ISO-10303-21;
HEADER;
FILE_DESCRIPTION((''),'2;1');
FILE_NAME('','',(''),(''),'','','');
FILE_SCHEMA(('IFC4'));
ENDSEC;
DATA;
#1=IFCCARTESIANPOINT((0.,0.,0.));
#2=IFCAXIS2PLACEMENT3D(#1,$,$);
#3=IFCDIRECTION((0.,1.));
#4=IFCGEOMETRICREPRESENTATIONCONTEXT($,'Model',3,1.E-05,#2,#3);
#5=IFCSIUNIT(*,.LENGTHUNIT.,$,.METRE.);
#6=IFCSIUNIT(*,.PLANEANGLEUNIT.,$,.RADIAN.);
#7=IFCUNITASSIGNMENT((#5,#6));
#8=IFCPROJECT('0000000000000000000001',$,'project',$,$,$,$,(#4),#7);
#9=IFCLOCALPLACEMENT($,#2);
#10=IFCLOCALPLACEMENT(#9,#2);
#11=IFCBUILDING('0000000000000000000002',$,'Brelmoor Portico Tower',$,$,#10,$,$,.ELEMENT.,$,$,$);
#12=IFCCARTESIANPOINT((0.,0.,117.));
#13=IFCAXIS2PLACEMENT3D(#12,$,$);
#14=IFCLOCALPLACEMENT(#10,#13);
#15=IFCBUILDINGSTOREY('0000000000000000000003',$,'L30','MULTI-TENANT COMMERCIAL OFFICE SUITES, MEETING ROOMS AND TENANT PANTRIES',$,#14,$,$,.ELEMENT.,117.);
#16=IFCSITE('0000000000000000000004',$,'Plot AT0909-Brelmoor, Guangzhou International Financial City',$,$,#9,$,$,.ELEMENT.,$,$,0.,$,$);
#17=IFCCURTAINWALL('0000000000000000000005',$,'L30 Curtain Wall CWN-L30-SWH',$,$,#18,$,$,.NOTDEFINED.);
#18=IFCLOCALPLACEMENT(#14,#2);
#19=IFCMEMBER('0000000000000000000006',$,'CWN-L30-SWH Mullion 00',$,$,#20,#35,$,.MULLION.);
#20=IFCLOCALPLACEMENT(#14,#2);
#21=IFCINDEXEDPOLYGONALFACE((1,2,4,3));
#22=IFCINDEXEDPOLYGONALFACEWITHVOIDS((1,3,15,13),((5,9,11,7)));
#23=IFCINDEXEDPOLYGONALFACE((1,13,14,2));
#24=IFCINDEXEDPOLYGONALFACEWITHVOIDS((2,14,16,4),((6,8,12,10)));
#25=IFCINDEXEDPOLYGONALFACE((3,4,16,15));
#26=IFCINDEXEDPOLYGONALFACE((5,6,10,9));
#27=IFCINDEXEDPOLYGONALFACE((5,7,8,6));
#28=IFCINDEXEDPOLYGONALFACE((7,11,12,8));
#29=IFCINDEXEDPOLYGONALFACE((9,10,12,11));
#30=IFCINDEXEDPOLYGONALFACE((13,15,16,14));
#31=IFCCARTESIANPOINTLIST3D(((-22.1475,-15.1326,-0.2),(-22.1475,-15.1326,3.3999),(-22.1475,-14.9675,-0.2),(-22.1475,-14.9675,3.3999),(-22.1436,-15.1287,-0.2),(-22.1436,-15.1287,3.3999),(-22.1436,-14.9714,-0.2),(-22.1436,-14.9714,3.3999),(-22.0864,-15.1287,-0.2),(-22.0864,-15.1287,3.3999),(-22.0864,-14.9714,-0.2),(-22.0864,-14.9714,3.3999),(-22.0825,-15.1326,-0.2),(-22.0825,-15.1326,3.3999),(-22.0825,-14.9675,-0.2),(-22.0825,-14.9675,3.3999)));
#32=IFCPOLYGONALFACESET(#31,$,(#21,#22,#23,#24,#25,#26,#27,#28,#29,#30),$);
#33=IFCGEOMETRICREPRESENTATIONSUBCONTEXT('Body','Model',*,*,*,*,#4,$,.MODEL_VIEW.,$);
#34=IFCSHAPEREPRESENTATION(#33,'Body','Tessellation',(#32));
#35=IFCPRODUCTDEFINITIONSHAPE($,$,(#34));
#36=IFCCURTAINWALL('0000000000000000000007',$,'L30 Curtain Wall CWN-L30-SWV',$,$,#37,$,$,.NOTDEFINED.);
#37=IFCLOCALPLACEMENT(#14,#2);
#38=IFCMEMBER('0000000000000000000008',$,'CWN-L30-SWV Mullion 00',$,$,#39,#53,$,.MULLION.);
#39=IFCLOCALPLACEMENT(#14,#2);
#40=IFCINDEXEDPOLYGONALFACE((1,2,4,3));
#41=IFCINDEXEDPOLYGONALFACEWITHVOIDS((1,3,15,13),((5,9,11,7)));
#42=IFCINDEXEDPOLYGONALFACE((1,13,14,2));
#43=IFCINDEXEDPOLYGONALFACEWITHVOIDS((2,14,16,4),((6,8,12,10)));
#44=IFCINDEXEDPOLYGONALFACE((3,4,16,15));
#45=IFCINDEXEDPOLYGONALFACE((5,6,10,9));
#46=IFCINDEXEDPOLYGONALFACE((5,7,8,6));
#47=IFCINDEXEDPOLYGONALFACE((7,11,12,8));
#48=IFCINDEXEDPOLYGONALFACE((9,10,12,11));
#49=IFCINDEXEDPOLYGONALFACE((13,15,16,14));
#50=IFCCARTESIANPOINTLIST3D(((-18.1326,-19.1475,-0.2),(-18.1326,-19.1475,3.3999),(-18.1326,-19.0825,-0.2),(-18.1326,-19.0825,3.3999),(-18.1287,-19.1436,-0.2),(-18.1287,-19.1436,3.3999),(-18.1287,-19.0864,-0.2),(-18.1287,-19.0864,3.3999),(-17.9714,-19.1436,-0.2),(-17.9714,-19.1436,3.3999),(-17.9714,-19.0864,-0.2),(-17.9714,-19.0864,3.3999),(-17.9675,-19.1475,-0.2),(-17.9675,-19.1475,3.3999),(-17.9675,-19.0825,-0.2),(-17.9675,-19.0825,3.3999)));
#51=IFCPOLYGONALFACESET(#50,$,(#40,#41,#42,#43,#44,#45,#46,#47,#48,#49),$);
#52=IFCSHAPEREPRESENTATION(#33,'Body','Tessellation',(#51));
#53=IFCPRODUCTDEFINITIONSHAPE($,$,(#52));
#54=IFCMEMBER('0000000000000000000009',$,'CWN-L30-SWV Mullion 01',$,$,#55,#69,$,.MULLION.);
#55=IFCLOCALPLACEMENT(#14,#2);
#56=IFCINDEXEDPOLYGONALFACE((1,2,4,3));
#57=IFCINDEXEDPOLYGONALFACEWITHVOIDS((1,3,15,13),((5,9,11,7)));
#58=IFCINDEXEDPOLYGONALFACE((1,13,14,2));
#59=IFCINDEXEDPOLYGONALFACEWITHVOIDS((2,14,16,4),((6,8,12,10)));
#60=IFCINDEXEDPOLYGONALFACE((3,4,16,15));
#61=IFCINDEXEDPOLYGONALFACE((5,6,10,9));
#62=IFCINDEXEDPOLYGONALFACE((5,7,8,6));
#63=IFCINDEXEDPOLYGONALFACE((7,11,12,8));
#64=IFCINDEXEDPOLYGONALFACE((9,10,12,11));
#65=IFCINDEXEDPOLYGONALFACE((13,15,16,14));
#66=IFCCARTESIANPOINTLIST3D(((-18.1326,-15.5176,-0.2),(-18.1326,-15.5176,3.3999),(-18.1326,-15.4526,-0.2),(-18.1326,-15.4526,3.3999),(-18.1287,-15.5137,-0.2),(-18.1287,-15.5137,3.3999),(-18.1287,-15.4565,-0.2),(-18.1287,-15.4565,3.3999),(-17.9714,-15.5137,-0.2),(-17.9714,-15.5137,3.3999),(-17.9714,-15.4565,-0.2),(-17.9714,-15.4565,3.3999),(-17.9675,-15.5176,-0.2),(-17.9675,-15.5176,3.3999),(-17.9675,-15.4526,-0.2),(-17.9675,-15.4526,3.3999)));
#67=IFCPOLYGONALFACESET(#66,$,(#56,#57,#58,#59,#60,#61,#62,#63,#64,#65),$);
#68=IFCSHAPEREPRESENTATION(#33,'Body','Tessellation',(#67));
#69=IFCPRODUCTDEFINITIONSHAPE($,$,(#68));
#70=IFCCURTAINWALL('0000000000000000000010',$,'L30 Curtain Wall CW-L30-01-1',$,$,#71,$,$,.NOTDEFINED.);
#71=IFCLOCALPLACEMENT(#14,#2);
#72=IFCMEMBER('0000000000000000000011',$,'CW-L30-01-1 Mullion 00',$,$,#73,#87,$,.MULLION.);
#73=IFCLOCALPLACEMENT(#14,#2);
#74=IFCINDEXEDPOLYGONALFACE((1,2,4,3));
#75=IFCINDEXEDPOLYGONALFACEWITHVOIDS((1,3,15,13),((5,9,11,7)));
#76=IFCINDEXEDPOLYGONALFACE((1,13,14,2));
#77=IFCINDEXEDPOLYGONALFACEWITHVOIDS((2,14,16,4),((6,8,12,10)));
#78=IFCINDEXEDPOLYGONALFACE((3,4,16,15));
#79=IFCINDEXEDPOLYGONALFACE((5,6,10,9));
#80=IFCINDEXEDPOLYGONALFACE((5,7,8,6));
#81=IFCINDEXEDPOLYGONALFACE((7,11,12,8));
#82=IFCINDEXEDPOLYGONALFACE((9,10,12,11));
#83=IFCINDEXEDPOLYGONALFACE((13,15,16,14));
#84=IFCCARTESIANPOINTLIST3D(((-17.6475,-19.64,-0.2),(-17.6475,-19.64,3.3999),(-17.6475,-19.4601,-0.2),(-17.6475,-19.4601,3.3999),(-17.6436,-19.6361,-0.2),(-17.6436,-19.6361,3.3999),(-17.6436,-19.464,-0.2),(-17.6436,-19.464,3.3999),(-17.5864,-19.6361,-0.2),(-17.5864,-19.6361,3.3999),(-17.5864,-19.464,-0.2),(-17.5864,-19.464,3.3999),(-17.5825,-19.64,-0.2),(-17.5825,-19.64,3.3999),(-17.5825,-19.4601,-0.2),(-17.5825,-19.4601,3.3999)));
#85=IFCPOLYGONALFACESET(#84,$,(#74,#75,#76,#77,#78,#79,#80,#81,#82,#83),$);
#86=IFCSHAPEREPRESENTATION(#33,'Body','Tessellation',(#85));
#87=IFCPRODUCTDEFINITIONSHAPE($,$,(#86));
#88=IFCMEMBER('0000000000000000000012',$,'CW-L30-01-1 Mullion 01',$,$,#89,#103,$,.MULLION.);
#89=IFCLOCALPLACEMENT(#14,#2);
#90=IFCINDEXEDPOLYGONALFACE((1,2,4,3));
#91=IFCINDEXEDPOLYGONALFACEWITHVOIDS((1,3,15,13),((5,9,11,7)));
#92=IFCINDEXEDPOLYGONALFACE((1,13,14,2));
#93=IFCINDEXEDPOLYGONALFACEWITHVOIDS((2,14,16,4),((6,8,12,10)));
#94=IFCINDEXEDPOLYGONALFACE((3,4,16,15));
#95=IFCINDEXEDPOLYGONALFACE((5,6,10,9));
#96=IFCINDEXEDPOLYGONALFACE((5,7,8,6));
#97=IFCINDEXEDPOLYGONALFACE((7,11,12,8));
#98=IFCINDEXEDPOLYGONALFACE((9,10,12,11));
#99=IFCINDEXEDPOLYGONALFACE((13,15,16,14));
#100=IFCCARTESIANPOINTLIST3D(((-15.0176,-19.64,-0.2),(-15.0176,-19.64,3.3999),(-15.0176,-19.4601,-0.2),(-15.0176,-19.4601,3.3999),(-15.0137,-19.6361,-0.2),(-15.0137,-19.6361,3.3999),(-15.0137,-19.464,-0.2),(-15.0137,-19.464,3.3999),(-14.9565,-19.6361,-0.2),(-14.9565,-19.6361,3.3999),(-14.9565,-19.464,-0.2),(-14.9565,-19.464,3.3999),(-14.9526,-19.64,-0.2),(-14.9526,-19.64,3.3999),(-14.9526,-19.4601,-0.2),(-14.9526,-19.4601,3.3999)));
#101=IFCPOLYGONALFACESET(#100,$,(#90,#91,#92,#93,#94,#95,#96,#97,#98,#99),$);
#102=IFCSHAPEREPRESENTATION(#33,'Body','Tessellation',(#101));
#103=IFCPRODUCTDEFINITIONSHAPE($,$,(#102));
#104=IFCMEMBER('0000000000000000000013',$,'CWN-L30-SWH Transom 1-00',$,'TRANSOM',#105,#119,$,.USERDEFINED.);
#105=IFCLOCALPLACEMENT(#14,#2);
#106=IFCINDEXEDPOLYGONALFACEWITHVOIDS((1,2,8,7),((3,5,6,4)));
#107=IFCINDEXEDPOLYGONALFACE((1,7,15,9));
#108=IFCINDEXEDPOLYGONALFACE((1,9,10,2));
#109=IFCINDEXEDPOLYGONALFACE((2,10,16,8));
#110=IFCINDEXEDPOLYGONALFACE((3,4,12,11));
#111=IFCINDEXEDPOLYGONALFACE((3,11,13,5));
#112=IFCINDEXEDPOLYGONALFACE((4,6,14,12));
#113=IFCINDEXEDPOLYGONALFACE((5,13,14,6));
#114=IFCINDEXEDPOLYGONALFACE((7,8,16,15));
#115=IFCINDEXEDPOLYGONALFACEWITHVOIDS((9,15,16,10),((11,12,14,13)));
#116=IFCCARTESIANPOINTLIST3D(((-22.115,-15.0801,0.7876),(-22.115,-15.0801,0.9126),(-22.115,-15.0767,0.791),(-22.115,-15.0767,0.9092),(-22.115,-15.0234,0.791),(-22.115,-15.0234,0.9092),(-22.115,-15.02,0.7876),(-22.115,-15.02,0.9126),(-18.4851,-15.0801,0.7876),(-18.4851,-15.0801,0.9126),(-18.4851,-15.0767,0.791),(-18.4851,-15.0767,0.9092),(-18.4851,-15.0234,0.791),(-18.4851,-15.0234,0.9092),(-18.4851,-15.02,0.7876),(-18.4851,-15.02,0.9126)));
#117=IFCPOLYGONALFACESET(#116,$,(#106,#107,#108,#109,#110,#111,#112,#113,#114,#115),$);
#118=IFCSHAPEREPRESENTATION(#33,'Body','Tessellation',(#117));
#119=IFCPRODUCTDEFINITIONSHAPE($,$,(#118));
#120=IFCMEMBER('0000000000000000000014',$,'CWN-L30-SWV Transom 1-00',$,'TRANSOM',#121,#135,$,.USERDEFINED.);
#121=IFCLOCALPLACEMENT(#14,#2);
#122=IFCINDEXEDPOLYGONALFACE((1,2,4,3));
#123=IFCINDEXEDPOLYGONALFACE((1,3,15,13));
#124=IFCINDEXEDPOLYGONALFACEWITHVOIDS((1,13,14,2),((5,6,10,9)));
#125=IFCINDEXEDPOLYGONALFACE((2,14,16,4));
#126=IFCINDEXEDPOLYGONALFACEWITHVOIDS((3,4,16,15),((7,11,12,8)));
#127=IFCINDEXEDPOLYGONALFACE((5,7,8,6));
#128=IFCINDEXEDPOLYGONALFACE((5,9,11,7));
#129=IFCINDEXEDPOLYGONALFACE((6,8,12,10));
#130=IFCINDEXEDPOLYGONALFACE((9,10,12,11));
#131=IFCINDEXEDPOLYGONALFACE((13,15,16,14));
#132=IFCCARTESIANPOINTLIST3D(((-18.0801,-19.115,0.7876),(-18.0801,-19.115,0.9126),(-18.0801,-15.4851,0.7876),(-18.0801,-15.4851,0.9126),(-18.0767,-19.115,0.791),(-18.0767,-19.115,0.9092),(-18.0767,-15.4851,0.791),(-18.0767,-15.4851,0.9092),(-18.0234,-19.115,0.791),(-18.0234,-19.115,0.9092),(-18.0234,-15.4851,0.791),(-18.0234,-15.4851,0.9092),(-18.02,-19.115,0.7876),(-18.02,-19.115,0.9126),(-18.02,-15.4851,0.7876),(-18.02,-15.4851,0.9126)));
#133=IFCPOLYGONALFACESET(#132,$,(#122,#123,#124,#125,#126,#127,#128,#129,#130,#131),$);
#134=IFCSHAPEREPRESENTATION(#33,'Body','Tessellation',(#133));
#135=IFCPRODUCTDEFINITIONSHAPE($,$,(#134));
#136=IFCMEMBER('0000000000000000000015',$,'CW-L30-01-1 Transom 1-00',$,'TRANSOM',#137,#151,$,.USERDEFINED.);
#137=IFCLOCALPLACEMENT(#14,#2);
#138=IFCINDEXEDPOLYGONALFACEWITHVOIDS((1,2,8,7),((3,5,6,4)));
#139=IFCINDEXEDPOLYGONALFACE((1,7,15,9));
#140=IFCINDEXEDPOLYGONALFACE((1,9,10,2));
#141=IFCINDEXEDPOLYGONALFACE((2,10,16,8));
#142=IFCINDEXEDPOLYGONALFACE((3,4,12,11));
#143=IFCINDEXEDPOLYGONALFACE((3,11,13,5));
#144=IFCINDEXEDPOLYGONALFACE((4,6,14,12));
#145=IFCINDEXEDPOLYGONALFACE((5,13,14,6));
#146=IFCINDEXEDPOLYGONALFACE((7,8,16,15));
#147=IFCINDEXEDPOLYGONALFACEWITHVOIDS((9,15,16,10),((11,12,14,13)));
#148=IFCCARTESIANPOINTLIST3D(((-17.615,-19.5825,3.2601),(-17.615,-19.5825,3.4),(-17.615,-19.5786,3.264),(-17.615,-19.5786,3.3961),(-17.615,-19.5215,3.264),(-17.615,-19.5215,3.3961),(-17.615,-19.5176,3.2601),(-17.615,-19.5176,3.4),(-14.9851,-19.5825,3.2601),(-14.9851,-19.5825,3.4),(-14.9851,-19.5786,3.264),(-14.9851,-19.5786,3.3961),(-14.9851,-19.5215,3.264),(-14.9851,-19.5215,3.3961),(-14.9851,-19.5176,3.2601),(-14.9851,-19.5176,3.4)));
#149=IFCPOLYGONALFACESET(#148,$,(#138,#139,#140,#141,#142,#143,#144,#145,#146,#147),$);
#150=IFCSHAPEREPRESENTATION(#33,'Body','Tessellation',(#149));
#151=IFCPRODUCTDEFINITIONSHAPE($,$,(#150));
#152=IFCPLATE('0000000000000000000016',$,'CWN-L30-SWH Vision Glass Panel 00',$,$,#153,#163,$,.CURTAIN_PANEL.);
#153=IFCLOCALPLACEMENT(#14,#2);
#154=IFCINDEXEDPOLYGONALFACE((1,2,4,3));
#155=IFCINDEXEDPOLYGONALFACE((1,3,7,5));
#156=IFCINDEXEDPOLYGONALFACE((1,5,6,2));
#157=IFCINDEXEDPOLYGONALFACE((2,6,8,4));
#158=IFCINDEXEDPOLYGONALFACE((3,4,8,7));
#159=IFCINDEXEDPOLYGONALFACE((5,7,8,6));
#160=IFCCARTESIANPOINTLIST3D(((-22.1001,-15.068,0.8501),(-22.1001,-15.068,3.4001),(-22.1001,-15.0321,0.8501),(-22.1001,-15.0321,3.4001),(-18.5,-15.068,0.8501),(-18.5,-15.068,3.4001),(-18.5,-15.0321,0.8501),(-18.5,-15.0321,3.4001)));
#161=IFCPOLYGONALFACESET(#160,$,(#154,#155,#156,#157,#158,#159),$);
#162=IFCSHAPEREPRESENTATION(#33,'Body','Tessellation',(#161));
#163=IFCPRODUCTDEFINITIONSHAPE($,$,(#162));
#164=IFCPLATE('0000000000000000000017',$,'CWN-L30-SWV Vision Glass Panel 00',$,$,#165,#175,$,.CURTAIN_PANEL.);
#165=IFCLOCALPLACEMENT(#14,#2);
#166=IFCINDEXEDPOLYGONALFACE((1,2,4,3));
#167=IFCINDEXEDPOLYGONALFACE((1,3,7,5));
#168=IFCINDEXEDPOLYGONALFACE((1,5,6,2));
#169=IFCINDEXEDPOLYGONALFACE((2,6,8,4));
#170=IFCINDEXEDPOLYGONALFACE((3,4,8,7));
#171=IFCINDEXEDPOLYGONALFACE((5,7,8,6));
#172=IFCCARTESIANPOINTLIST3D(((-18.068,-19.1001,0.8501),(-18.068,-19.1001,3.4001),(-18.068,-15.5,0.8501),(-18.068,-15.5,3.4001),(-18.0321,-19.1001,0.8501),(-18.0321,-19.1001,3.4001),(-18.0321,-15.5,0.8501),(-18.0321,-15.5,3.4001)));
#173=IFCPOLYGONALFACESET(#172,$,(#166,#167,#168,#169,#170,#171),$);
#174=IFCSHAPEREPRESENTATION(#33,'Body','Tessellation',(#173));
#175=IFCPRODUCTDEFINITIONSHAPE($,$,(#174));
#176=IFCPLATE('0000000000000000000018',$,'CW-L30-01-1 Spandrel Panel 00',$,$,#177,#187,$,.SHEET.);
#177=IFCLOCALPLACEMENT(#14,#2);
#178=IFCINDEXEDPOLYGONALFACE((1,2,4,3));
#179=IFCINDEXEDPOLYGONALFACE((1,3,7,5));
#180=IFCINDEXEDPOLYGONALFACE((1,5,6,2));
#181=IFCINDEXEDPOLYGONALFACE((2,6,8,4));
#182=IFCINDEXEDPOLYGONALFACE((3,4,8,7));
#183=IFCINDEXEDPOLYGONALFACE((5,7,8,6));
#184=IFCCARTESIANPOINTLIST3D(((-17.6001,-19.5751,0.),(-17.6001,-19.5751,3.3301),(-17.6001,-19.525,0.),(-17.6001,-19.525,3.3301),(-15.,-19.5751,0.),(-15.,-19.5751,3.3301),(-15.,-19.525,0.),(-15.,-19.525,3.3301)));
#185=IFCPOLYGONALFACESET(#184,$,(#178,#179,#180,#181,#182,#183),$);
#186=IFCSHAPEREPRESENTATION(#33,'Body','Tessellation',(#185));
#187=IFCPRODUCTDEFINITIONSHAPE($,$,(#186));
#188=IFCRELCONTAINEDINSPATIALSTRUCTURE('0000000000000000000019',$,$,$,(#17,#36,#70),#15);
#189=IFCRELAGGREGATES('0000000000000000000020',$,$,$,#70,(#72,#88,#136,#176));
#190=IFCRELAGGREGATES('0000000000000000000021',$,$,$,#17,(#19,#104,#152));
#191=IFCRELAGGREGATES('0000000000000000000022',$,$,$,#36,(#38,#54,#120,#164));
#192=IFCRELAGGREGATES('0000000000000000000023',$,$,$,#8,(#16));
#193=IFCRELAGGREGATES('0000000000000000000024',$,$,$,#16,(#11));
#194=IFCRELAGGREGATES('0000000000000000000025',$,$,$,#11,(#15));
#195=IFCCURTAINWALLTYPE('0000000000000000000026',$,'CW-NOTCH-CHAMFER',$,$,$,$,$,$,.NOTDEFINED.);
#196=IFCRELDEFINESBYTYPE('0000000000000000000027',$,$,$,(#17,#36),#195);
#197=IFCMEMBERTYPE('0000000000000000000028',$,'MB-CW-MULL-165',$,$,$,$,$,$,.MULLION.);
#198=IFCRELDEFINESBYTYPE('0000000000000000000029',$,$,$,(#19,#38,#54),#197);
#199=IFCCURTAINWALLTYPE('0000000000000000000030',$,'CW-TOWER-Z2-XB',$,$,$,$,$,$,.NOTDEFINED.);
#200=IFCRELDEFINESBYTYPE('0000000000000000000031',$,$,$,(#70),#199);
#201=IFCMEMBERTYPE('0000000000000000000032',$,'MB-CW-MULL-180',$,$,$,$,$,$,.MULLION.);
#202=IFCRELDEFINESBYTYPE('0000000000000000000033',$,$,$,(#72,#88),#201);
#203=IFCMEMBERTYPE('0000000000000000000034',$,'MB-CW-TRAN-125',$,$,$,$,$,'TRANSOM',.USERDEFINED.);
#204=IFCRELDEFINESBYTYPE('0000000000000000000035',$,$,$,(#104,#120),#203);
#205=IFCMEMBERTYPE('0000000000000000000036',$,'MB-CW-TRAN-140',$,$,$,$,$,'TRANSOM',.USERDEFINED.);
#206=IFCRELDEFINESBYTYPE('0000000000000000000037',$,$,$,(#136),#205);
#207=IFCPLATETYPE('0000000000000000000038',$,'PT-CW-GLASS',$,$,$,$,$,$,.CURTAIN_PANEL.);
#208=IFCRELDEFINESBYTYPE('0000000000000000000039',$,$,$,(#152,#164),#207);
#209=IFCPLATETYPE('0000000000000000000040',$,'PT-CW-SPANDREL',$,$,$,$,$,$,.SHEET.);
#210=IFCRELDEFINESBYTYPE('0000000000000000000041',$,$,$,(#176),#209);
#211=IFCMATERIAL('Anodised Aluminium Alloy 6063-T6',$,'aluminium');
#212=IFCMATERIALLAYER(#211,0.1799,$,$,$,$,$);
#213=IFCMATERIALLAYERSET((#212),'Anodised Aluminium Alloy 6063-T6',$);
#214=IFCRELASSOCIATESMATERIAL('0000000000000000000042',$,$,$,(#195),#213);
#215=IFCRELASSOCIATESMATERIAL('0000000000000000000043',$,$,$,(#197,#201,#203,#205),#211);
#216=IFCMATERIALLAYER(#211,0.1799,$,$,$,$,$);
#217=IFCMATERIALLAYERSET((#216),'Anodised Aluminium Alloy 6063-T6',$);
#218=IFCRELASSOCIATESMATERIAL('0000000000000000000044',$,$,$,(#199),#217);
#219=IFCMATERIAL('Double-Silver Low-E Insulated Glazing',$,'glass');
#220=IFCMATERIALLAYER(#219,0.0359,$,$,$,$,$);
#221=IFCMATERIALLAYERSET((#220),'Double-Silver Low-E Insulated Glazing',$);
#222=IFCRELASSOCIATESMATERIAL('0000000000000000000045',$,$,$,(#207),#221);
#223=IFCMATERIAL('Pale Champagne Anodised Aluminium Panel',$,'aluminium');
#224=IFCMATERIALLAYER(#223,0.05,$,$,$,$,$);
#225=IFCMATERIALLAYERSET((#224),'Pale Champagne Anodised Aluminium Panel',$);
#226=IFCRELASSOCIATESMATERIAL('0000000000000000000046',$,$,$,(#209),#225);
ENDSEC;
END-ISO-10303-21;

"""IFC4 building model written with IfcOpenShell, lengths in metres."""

from ifc_helpers import new_model, si_unit, direction, frame, origin, origin_2d, place, context, subcontext, project, spatial, rectangle, hollow_rectangle, extrude, material, layer, layer_set, material_profile, profile_set, type_object, element, aggregate, save


model = new_model("IFC4")

# Units and contexts
model_context = context("Model", 3, precision=1e-05, world=origin(), true_north=direction((0.0, 1.0)))
body_context = subcontext(model_context, "Body", "Model", "MODEL_VIEW")
ifc_project = project(units=[si_unit("LENGTHUNIT", "METRE"), si_unit("PLANEANGLEUNIT", "RADIAN")], contexts=[model_context])

# Site, building, storey
site_placement = place(None, origin())
site = spatial("IfcSite", under=ifc_project, at=site_placement, Name="Plot AT0909-Brelmoor, Guangzhou International Financial City", CompositionType="ELEMENT", RefElevation=0.0)
building_placement = place(site_placement, origin())
building = spatial("IfcBuilding", under=site, at=building_placement, Name="Brelmoor Portico Tower", CompositionType="ELEMENT")
storey_placement = place(building_placement, frame((0.0, 0.0, 117.0)))
storey = spatial("IfcBuildingStorey", under=building, at=storey_placement, Name="L30", Description="MULTI-TENANT COMMERCIAL OFFICE SUITES, MEETING ROOMS AND TENANT PANTRIES", CompositionType="ELEMENT", Elevation=117.0)

# Curtain wall, member
ifc_material_1 = material(Name="Anodised Aluminium Alloy 6063-T6", Category="aluminium")
ifc_layer_1 = layer(ifc_material_1, 0.1799)
ifc_layer_set_1 = layer_set([ifc_layer_1], Name="Anodised Aluminium Alloy 6063-T6")
curtain_wall_type_1 = type_object("IfcCurtainWallType", Name="CW-NOTCH-CHAMFER", PredefinedType="NOTDEFINED", material=ifc_layer_set_1)
curtain_wall_1_placement = place(storey_placement, origin())
curtain_wall_1 = element("IfcCurtainWall", 1, at=curtain_wall_1_placement, inside=storey, type_object=curtain_wall_type_1, Name="L30 Curtain Wall CWN-L30-SWH", PredefinedType="NOTDEFINED")
ifc_material_profile_1 = material_profile(ifc_material_1, hollow_rectangle(XDim=0.0649, YDim=0.165, WallThickness=0.0039, at=origin_2d()), Name="ALU MULLION 65x165")
ifc_profile_set_1 = profile_set([ifc_material_profile_1], Name="Anodised Aluminium Alloy 6063-T6")
member_type_1 = type_object("IfcMemberType", Name="MB-CW-MULL-165", PredefinedType="MULLION", material=ifc_profile_set_1)
member_1_placement = place(storey_placement, frame((-22.115, -15.05, -0.2), z_axis=(0.0, 0.0, 1.0), x_axis=(1.0, 0.0, 0.0)))
member_1 = element("IfcMember", 2, at=member_1_placement, type_object=member_type_1, Name="CWN-L30-SWH Mullion 00", PredefinedType="MULLION", context=body_context, shape_type="SweptSolid", body=[
    extrude(hollow_rectangle(XDim=0.0649, YDim=0.165, WallThickness=0.0039, at=origin_2d()), origin(), (0.0, 0.0, 1.0), 3.5999),
])

# Curtain walls, members
curtain_wall_2_placement = place(storey_placement, origin())
curtain_wall_2 = element("IfcCurtainWall", 3, at=curtain_wall_2_placement, inside=storey, type_object=curtain_wall_type_1, Name="L30 Curtain Wall CWN-L30-SWV", PredefinedType="NOTDEFINED")
member_2_placement = place(storey_placement, frame((-18.05, -19.115, -0.2), z_axis=(0.0, 0.0, 1.0), x_axis=(0.0, 1.0, 0.0)))
member_2 = element("IfcMember", 4, at=member_2_placement, type_object=member_type_1, Name="CWN-L30-SWV Mullion 00", PredefinedType="MULLION", context=body_context, shape_type="SweptSolid", body=[
    extrude(hollow_rectangle(XDim=0.0649, YDim=0.165, WallThickness=0.0039, at=origin_2d()), origin(), (0.0, 0.0, 1.0), 3.5999),
])
member_3_placement = place(storey_placement, frame((-18.05, -15.4851, -0.2), z_axis=(0.0, 0.0, 1.0), x_axis=(0.0, 1.0, 0.0)))
member_3 = element("IfcMember", 5, at=member_3_placement, type_object=member_type_1, Name="CWN-L30-SWV Mullion 01", PredefinedType="MULLION", context=body_context, shape_type="SweptSolid", body=[
    extrude(hollow_rectangle(XDim=0.0649, YDim=0.165, WallThickness=0.0039, at=origin_2d()), origin(), (0.0, 0.0, 1.0), 3.5999),
])
ifc_layer_2 = layer(ifc_material_1, 0.1799)
ifc_layer_set_2 = layer_set([ifc_layer_2], Name="Anodised Aluminium Alloy 6063-T6")
curtain_wall_type_2 = type_object("IfcCurtainWallType", Name="CW-TOWER-Z2-XB", PredefinedType="NOTDEFINED", material=ifc_layer_set_2)
curtain_wall_3_placement = place(storey_placement, origin())
curtain_wall_3 = element("IfcCurtainWall", 6, at=curtain_wall_3_placement, inside=storey, type_object=curtain_wall_type_2, Name="L30 Curtain Wall CW-L30-01-1", PredefinedType="NOTDEFINED")
ifc_material_profile_2 = material_profile(ifc_material_1, hollow_rectangle(XDim=0.0649, YDim=0.1799, WallThickness=0.0039, at=origin_2d()), Name="ALU MULLION 65x180")
ifc_profile_set_2 = profile_set([ifc_material_profile_2], Name="Anodised Aluminium Alloy 6063-T6")
member_type_2 = type_object("IfcMemberType", Name="MB-CW-MULL-180", PredefinedType="MULLION", material=ifc_profile_set_2)
member_4_placement = place(storey_placement, frame((-17.615, -19.55, -0.2), z_axis=(0.0, 0.0, 1.0), x_axis=(1.0, 0.0, 0.0)))
member_4 = element("IfcMember", 7, at=member_4_placement, type_object=member_type_2, Name="CW-L30-01-1 Mullion 00", PredefinedType="MULLION", context=body_context, shape_type="SweptSolid", body=[
    extrude(hollow_rectangle(XDim=0.0649, YDim=0.1799, WallThickness=0.0039, at=origin_2d()), origin(), (0.0, 0.0, 1.0), 3.5999),
])
member_5_placement = place(storey_placement, frame((-14.9851, -19.55, -0.2), z_axis=(0.0, 0.0, 1.0), x_axis=(1.0, 0.0, 0.0)))
member_5 = element("IfcMember", 8, at=member_5_placement, type_object=member_type_2, Name="CW-L30-01-1 Mullion 01", PredefinedType="MULLION", context=body_context, shape_type="SweptSolid", body=[
    extrude(hollow_rectangle(XDim=0.0649, YDim=0.1799, WallThickness=0.0039, at=origin_2d()), origin(), (0.0, 0.0, 1.0), 3.5999),
])

# Members
ifc_material_profile_3 = material_profile(ifc_material_1, hollow_rectangle(XDim=0.0601, YDim=0.125, WallThickness=0.0034, at=origin_2d()), Name="ALU TRANSOM 60x125")
ifc_profile_set_3 = profile_set([ifc_material_profile_3], Name="Anodised Aluminium Alloy 6063-T6")
member_type_3 = type_object("IfcMemberType", Name="MB-CW-TRAN-125", ElementType="TRANSOM", PredefinedType="USERDEFINED", material=ifc_profile_set_3)
member_6_placement = place(storey_placement, frame((-22.115, -15.05, 0.8501), z_axis=(1.0, 0.0, 0.0), x_axis=(0.0, 1.0, 0.0)))
member_6 = element("IfcMember", 9, at=member_6_placement, type_object=member_type_3, Name="CWN-L30-SWH Transom 1-00", ObjectType="TRANSOM", PredefinedType="USERDEFINED", context=body_context, shape_type="SweptSolid", body=[
    extrude(hollow_rectangle(XDim=0.0601, YDim=0.125, WallThickness=0.0034, at=origin_2d()), origin(), (0.0, 0.0, 1.0), 3.6299),
])
member_7_placement = place(storey_placement, frame((-18.05, -19.115, 0.8501), z_axis=(0.0, 1.0, 0.0), x_axis=(-1.0, 0.0, 0.0)))
member_7 = element("IfcMember", 10, at=member_7_placement, type_object=member_type_3, Name="CWN-L30-SWV Transom 1-00", ObjectType="TRANSOM", PredefinedType="USERDEFINED", context=body_context, shape_type="SweptSolid", body=[
    extrude(hollow_rectangle(XDim=0.0601, YDim=0.125, WallThickness=0.0034, at=origin_2d()), origin(), (0.0, 0.0, 1.0), 3.6299),
])
ifc_material_profile_4 = material_profile(ifc_material_1, hollow_rectangle(XDim=0.0649, YDim=0.1399, WallThickness=0.0039, at=origin_2d()), Name="ALU TRANSOM 65x140")
ifc_profile_set_4 = profile_set([ifc_material_profile_4], Name="Anodised Aluminium Alloy 6063-T6")
member_type_4 = type_object("IfcMemberType", Name="MB-CW-TRAN-140", ElementType="TRANSOM", PredefinedType="USERDEFINED", material=ifc_profile_set_4)
member_8_placement = place(storey_placement, frame((-17.615, -19.55, 3.3301), z_axis=(1.0, 0.0, 0.0), x_axis=(0.0, 1.0, 0.0)))
member_8 = element("IfcMember", 11, at=member_8_placement, type_object=member_type_4, Name="CW-L30-01-1 Transom 1-00", ObjectType="TRANSOM", PredefinedType="USERDEFINED", context=body_context, shape_type="SweptSolid", body=[
    extrude(hollow_rectangle(XDim=0.0649, YDim=0.1399, WallThickness=0.0039, at=origin_2d()), origin(), (0.0, 0.0, 1.0), 2.6299),
])

# Plates
ifc_material_2 = material(Name="Double-Silver Low-E Insulated Glazing", Category="glass")
ifc_layer_3 = layer(ifc_material_2, 0.0359)
ifc_layer_set_3 = layer_set([ifc_layer_3], Name="Double-Silver Low-E Insulated Glazing")
plate_type_1 = type_object("IfcPlateType", Name="PT-CW-GLASS", PredefinedType="CURTAIN_PANEL", material=ifc_layer_set_3)
plate_1_placement = place(storey_placement, frame((-20.3, -15.05, 0.8501), z_axis=(0.0, 0.0, 1.0), x_axis=(1.0, 0.0, 0.0)))
plate_1 = element("IfcPlate", 12, at=plate_1_placement, type_object=plate_type_1, Name="CWN-L30-SWH Vision Glass Panel 00", PredefinedType="CURTAIN_PANEL", context=body_context, shape_type="SweptSolid", body=[
    extrude(rectangle(XDim=3.6001, YDim=0.0359, at=origin_2d()), origin(), (0.0, 0.0, 1.0), 2.55),
])
plate_2_placement = place(storey_placement, frame((-18.05, -17.3, 0.8501), z_axis=(0.0, 0.0, 1.0), x_axis=(0.0, 1.0, 0.0)))
plate_2 = element("IfcPlate", 13, at=plate_2_placement, type_object=plate_type_1, Name="CWN-L30-SWV Vision Glass Panel 00", PredefinedType="CURTAIN_PANEL", context=body_context, shape_type="SweptSolid", body=[
    extrude(rectangle(XDim=3.6001, YDim=0.0359, at=origin_2d()), origin(), (0.0, 0.0, 1.0), 2.55),
])
ifc_material_3 = material(Name="Pale Champagne Anodised Aluminium Panel", Category="aluminium")
ifc_layer_4 = layer(ifc_material_3, 0.05)
ifc_layer_set_4 = layer_set([ifc_layer_4], Name="Pale Champagne Anodised Aluminium Panel")
plate_type_2 = type_object("IfcPlateType", Name="PT-CW-SPANDREL", PredefinedType="SHEET", material=ifc_layer_set_4)
plate_3_placement = place(storey_placement, frame((-16.3, -19.55, 0.0), z_axis=(0.0, 0.0, 1.0), x_axis=(1.0, 0.0, 0.0)))
plate_3 = element("IfcPlate", 14, at=plate_3_placement, type_object=plate_type_2, Name="CW-L30-01-1 Spandrel Panel 00", PredefinedType="SHEET", context=body_context, shape_type="SweptSolid", body=[
    extrude(rectangle(XDim=2.6001, YDim=0.05, at=origin_2d()), origin(), (0.0, 0.0, 1.0), 3.3301),
])
aggregate(curtain_wall_3, [member_4, member_5, member_8, plate_3])
aggregate(curtain_wall_1, [member_1, member_6, plate_1])
aggregate(curtain_wall_2, [member_2, member_3, member_7, plate_2])

save(model, "model.ifc")
